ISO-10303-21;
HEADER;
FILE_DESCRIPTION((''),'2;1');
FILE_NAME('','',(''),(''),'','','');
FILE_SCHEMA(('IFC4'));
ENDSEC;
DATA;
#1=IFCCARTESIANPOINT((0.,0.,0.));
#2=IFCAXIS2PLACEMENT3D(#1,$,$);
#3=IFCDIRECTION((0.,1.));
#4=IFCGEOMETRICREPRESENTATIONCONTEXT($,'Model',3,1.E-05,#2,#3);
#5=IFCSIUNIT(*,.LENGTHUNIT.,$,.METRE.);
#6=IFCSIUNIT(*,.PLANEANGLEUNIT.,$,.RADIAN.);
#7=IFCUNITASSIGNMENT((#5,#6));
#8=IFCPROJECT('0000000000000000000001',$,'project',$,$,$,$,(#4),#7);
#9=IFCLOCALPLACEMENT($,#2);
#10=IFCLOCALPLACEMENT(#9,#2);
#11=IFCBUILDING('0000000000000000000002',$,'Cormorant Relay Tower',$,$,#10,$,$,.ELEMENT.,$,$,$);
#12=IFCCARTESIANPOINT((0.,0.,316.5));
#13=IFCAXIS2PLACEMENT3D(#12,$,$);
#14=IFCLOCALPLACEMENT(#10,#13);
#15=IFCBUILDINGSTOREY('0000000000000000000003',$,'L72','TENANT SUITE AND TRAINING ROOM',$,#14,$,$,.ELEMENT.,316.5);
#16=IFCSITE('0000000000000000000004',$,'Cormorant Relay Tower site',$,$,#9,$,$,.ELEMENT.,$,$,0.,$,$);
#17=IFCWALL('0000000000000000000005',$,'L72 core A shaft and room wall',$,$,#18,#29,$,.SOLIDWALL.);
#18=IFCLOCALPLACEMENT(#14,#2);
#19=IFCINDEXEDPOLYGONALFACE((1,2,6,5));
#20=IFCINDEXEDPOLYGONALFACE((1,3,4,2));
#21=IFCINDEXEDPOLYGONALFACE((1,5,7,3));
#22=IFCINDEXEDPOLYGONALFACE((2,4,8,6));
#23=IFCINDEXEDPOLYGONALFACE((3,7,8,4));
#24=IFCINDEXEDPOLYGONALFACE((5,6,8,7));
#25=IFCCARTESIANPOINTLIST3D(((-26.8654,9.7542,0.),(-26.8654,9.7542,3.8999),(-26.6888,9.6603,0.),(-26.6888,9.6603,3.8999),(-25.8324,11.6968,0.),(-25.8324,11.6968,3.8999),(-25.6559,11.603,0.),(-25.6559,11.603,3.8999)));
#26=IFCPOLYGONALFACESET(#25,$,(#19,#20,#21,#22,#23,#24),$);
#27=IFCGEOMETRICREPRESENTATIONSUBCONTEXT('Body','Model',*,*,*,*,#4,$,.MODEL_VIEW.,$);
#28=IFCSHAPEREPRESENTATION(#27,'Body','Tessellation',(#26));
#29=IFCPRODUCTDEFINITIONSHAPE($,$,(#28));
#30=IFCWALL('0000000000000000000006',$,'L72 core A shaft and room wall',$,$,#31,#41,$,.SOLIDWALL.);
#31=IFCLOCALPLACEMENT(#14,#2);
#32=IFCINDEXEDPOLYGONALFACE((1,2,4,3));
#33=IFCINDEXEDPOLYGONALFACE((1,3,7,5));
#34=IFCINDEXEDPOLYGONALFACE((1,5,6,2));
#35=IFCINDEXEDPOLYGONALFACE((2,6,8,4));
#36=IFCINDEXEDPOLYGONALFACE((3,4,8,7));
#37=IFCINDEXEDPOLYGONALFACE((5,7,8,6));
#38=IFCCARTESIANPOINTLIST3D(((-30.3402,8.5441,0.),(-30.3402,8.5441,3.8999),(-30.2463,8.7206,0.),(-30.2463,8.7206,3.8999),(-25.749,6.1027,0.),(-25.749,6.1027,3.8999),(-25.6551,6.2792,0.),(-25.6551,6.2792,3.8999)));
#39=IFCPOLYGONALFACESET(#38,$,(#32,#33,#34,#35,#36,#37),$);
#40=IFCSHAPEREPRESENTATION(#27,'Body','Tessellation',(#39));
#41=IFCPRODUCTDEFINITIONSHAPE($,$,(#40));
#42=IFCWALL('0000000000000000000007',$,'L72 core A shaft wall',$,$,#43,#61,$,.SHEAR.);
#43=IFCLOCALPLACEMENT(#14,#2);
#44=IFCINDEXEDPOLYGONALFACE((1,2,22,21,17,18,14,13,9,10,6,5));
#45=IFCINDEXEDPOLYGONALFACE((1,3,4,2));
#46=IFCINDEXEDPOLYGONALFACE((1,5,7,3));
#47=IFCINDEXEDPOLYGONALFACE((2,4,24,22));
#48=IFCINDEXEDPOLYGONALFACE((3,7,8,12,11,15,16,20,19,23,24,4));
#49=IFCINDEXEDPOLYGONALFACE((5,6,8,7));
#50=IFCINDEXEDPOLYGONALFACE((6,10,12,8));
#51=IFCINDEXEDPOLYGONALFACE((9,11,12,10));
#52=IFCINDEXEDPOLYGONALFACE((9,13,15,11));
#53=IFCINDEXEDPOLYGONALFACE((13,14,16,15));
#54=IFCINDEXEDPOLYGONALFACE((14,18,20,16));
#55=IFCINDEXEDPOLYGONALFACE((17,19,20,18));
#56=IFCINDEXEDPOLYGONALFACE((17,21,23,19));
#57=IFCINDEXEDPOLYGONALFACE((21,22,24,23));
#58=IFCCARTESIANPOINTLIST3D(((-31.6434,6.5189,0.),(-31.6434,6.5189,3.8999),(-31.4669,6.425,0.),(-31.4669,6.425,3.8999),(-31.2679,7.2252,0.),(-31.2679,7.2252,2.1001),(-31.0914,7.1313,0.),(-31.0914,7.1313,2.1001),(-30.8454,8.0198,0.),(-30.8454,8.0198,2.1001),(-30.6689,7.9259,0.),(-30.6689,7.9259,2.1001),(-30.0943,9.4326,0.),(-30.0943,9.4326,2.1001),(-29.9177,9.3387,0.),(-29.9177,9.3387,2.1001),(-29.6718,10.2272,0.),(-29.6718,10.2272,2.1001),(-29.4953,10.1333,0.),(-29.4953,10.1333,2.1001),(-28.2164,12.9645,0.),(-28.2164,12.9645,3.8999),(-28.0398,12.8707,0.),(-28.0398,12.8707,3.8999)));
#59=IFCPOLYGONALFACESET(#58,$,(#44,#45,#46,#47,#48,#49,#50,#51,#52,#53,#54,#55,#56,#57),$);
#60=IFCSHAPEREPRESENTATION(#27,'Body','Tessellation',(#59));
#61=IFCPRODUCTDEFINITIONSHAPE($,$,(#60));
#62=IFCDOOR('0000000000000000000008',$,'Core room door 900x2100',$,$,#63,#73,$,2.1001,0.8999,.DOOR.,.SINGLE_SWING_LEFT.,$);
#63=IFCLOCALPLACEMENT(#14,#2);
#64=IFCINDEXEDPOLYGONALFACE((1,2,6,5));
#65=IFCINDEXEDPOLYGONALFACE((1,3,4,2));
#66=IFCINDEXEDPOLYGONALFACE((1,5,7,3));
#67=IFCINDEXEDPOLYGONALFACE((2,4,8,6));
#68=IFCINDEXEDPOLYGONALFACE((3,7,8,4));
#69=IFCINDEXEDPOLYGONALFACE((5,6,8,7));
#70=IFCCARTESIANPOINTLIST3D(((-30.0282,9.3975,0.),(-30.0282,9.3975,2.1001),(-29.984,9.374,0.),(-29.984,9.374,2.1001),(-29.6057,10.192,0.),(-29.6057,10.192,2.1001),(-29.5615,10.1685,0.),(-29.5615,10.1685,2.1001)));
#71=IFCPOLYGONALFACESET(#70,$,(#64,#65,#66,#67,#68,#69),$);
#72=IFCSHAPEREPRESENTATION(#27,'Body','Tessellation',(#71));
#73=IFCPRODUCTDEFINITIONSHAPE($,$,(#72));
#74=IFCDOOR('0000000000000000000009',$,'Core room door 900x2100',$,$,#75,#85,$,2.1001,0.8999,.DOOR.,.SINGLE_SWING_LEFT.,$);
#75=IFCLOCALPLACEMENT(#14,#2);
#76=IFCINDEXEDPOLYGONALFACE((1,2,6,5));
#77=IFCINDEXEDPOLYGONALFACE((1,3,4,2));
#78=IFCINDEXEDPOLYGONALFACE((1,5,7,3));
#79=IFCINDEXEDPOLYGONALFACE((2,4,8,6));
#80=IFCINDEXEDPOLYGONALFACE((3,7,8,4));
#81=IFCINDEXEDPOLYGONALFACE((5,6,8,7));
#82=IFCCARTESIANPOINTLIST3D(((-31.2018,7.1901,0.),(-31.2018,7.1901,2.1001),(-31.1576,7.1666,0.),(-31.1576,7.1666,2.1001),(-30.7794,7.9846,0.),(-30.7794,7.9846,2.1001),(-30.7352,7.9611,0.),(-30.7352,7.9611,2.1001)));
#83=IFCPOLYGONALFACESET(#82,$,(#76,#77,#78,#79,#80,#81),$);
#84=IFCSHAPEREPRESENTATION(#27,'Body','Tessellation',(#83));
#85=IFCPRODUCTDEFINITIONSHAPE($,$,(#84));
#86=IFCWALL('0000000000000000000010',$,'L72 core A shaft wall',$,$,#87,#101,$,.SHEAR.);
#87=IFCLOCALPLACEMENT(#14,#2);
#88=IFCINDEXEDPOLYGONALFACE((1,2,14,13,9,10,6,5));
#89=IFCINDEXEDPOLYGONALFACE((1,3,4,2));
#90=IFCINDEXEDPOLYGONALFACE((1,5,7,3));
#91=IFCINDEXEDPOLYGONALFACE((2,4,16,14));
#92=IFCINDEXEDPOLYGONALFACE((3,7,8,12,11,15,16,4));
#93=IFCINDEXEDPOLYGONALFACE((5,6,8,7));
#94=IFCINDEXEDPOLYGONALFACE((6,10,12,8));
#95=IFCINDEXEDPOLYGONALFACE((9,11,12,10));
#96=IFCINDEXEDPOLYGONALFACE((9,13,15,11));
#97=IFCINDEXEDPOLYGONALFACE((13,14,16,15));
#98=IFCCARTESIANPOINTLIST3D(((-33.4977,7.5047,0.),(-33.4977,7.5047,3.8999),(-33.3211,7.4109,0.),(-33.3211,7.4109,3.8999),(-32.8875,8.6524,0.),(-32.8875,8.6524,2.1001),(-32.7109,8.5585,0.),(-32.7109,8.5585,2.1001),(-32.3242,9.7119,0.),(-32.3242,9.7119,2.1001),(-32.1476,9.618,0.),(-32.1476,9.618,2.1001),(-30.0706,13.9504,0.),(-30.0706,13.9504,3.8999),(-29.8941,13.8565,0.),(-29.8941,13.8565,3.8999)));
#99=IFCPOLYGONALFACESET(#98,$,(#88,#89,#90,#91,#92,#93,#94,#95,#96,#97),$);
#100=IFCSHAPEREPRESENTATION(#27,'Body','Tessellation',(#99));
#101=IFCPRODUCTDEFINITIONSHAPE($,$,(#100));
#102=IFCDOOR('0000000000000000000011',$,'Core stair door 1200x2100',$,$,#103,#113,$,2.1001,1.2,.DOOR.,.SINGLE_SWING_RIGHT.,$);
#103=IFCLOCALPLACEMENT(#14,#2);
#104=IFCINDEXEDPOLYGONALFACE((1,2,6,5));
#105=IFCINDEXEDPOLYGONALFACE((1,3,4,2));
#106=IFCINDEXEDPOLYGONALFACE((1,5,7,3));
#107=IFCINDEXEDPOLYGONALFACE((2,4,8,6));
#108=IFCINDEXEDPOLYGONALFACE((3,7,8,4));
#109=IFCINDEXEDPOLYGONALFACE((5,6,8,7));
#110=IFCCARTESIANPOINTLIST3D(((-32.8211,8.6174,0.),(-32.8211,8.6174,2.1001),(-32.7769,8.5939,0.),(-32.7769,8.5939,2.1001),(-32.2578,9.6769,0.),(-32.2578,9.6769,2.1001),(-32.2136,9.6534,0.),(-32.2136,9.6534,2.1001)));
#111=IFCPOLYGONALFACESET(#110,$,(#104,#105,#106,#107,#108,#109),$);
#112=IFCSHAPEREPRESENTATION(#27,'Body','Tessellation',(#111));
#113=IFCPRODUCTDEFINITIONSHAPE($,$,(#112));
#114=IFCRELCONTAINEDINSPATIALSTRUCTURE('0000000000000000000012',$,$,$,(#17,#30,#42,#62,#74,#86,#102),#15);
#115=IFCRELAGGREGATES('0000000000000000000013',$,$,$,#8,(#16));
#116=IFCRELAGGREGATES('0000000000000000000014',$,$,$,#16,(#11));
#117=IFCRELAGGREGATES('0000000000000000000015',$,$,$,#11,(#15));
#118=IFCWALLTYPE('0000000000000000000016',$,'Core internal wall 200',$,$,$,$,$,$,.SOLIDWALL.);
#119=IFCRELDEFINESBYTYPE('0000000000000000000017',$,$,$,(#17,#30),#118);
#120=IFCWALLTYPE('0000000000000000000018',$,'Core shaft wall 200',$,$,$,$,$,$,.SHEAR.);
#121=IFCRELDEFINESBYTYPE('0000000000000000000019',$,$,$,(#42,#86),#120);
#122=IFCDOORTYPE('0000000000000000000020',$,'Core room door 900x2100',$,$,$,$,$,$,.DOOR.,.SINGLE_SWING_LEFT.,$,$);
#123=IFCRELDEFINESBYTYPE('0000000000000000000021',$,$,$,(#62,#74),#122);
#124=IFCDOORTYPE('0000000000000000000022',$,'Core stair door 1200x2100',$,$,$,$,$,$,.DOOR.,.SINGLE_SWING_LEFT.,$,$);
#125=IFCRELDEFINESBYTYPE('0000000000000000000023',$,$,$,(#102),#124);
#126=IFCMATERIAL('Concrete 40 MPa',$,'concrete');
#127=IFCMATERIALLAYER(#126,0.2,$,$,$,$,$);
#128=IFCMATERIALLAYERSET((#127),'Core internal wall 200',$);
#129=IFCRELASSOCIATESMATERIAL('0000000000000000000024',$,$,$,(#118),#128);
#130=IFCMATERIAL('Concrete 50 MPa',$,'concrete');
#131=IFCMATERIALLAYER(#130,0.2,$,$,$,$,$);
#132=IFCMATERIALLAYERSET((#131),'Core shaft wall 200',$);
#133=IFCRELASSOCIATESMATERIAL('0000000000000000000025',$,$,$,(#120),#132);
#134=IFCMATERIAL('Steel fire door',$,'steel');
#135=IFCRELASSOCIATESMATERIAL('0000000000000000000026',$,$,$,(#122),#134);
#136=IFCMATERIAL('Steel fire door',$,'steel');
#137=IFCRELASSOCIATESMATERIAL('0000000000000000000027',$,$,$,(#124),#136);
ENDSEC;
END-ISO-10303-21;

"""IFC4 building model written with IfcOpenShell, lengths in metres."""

from ifc_helpers import new_model, si_unit, direction, frame, frame_2d, origin, place, context, subcontext, project, spatial, rectangle, extrude, material, layer, layer_set, type_object, element, fill, save


model = new_model("IFC4")

# Units and contexts
model_context = context("Model", 3, precision=1e-05, world=origin(), true_north=direction((0.0, 1.0)))
body_context = subcontext(model_context, "Body", "Model", "MODEL_VIEW")
ifc_project = project(units=[si_unit("LENGTHUNIT", "METRE"), si_unit("PLANEANGLEUNIT", "RADIAN")], contexts=[model_context])

# Site, building, storey
site_placement = place(None, origin())
site = spatial("IfcSite", under=ifc_project, at=site_placement, Name="Cormorant Relay Tower site", CompositionType="ELEMENT", RefElevation=0.0)
building_placement = place(site_placement, origin())
building = spatial("IfcBuilding", under=site, at=building_placement, Name="Cormorant Relay Tower", CompositionType="ELEMENT")
storey_placement = place(building_placement, frame((0.0, 0.0, 316.5)))
storey = spatial("IfcBuildingStorey", under=building, at=storey_placement, Name="L72", Description="TENANT SUITE AND TRAINING ROOM", CompositionType="ELEMENT", Elevation=316.5)

# Walls
ifc_material_1 = material(Name="Concrete 40 MPa", Category="concrete")
ifc_layer_1 = layer(ifc_material_1, 0.2)
ifc_layer_set_1 = layer_set([ifc_layer_1], Name="Core internal wall 200")
wall_type_1 = type_object("IfcWallType", Name="Core internal wall 200", PredefinedType="SOLIDWALL", material=ifc_layer_set_1)
wall_1_placement = place(storey_placement, frame((-25.7441, 11.6499, 0.0), z_axis=(0.0, 0.0, 1.0), x_axis=(-0.469488, -0.882939, 0.0)))
element("IfcWall", 1, at=wall_1_placement, inside=storey, type_object=wall_type_1, Name="L72 core A shaft and room wall", PredefinedType="SOLIDWALL", context=body_context, shape_type="SweptSolid", body=[
    extrude(rectangle(XDim=2.2002, YDim=0.2, at=frame_2d((1.1001, 0.0))), origin(), (0.0, 0.0, 1.0), 3.8999),
])
wall_2_placement = place(storey_placement, frame((-25.7019, 6.1909, 0.0), z_axis=(0.0, 0.0, 1.0), x_axis=(-0.882935, 0.469496, 0.0)))
element("IfcWall", 2, at=wall_2_placement, inside=storey, type_object=wall_type_1, Name="L72 core A shaft and room wall", PredefinedType="SOLIDWALL", context=body_context, shape_type="SweptSolid", body=[
    extrude(rectangle(XDim=5.2, YDim=0.2, at=frame_2d((2.6001, 0.0))), origin(), (0.0, 0.0, 1.0), 3.8999),
])

# Wall, openings, doors
ifc_material_2 = material(Name="Concrete 50 MPa", Category="concrete")
ifc_layer_2 = layer(ifc_material_2, 0.2)
ifc_layer_set_2 = layer_set([ifc_layer_2], Name="Core shaft wall 200")
wall_type_2 = type_object("IfcWallType", Name="Core shaft wall 200", PredefinedType="SHEAR", material=ifc_layer_set_2)
wall_3_placement = place(storey_placement, frame((-28.1282, 12.9175, 0.0), z_axis=(0.0, 0.0, 1.0), x_axis=(-0.469454, -0.882957, 0.0)))
wall_3 = element("IfcWall", 3, at=wall_3_placement, inside=storey, type_object=wall_type_2, Name="L72 core A shaft wall", PredefinedType="SHEAR", context=body_context, shape_type="SweptSolid", body=[
    extrude(rectangle(XDim=7.3, YDim=0.2, at=frame_2d((3.6499, 0.0))), origin(), (0.0, 0.0, 1.0), 3.8999),
])
opening_1_placement = place(wall_3_placement, frame((3.1001, 0.0, 0.0)))
opening_1 = element("IfcOpeningElement", 4, at=opening_1_placement, cuts=wall_3, PredefinedType="OPENING", context=body_context, shape_type="SweptSolid", body=[
    extrude(rectangle(XDim=0.8999, YDim=2.1001, at=frame_2d((0.45, 1.05))), frame((0.0, 0.1099, 0.0), z_axis=(0.0, -1.0, 0.0), x_axis=(1.0, 0.0, 0.0)), (0.0, 0.0, 1.0), 0.22),
])
opening_2_placement = place(wall_3_placement, frame((5.6001, 0.0, 0.0)))
opening_2 = element("IfcOpeningElement", 5, at=opening_2_placement, cuts=wall_3, PredefinedType="OPENING", context=body_context, shape_type="SweptSolid", body=[
    extrude(rectangle(XDim=0.8999, YDim=2.1001, at=frame_2d((0.45, 1.05))), frame((0.0, 0.1099, 0.0), z_axis=(0.0, -1.0, 0.0), x_axis=(1.0, 0.0, 0.0)), (0.0, 0.0, 1.0), 0.22),
])
ifc_material_3 = material(Name="Steel fire door", Category="steel")
door_type_1 = type_object("IfcDoorType", Name="Core room door 900x2100", OperationType="SINGLE_SWING_LEFT", PredefinedType="DOOR", material=ifc_material_3)
door_1_placement = place(opening_1_placement, origin())
door_1 = element("IfcDoor", 6, at=door_1_placement, inside=storey, type_object=door_type_1, Name="Core room door 900x2100", OperationType="SINGLE_SWING_LEFT", OverallHeight=2.1001, OverallWidth=0.8999, PredefinedType="DOOR", context=body_context, shape_type="SweptSolid", body=[
    extrude(rectangle(XDim=0.8999, YDim=2.1001, at=frame_2d((0.45, 1.05))), frame((0.0, 0.0249, 0.0), z_axis=(0.0, -1.0, 0.0), x_axis=(1.0, 0.0, 0.0)), (0.0, 0.0, 1.0), 0.05),
])
fill(opening_1, door_1)
door_2_placement = place(opening_2_placement, origin())
door_2 = element("IfcDoor", 7, at=door_2_placement, inside=storey, type_object=door_type_1, Name="Core room door 900x2100", OperationType="SINGLE_SWING_LEFT", OverallHeight=2.1001, OverallWidth=0.8999, PredefinedType="DOOR", context=body_context, shape_type="SweptSolid", body=[
    extrude(rectangle(XDim=0.8999, YDim=2.1001, at=frame_2d((0.45, 1.05))), frame((0.0, 0.0249, 0.0), z_axis=(0.0, -1.0, 0.0), x_axis=(1.0, 0.0, 0.0)), (0.0, 0.0, 1.0), 0.05),
])
fill(opening_2, door_2)

# Wall, opening, door
wall_4_placement = place(storey_placement, frame((-29.9824, 13.9033, 0.0), z_axis=(0.0, 0.0, 1.0), x_axis=(-0.469454, -0.882957, 0.0)))
wall_4 = element("IfcWall", 8, at=wall_4_placement, inside=storey, type_object=wall_type_2, Name="L72 core A shaft wall", PredefinedType="SHEAR", context=body_context, shape_type="SweptSolid", body=[
    extrude(rectangle(XDim=7.3, YDim=0.2, at=frame_2d((3.6499, 0.0))), origin(), (0.0, 0.0, 1.0), 3.8999),
])
opening_3_placement = place(wall_4_placement, frame((4.8, 0.0, 0.0)))
opening_3 = element("IfcOpeningElement", 9, at=opening_3_placement, cuts=wall_4, PredefinedType="OPENING", context=body_context, shape_type="SweptSolid", body=[
    extrude(rectangle(XDim=1.2, YDim=2.1001, at=frame_2d((0.6001, 1.05))), frame((0.0, 0.1099, 0.0), z_axis=(0.0, -1.0, 0.0), x_axis=(1.0, 0.0, 0.0)), (0.0, 0.0, 1.0), 0.22),
])
ifc_material_4 = material(Name="Steel fire door", Category="steel")
door_type_2 = type_object("IfcDoorType", Name="Core stair door 1200x2100", OperationType="SINGLE_SWING_LEFT", PredefinedType="DOOR", material=ifc_material_4)
door_3_placement = place(opening_3_placement, frame((1.2, 0.0, 0.0), z_axis=(0.0, 0.0, 1.0), x_axis=(-1.0, 0.0, 0.0)))
door_3 = element("IfcDoor", 10, at=door_3_placement, inside=storey, type_object=door_type_2, Name="Core stair door 1200x2100", OperationType="SINGLE_SWING_RIGHT", OverallHeight=2.1001, OverallWidth=1.2, PredefinedType="DOOR", context=body_context, shape_type="SweptSolid", body=[
    extrude(rectangle(XDim=1.2, YDim=2.1001, at=frame_2d((0.6001, 1.05))), frame((0.0, 0.0249, 0.0), z_axis=(0.0, -1.0, 0.0), x_axis=(1.0, 0.0, 0.0)), (0.0, 0.0, 1.0), 0.05),
])
fill(opening_3, door_3)

save(model, "model.ifc")
